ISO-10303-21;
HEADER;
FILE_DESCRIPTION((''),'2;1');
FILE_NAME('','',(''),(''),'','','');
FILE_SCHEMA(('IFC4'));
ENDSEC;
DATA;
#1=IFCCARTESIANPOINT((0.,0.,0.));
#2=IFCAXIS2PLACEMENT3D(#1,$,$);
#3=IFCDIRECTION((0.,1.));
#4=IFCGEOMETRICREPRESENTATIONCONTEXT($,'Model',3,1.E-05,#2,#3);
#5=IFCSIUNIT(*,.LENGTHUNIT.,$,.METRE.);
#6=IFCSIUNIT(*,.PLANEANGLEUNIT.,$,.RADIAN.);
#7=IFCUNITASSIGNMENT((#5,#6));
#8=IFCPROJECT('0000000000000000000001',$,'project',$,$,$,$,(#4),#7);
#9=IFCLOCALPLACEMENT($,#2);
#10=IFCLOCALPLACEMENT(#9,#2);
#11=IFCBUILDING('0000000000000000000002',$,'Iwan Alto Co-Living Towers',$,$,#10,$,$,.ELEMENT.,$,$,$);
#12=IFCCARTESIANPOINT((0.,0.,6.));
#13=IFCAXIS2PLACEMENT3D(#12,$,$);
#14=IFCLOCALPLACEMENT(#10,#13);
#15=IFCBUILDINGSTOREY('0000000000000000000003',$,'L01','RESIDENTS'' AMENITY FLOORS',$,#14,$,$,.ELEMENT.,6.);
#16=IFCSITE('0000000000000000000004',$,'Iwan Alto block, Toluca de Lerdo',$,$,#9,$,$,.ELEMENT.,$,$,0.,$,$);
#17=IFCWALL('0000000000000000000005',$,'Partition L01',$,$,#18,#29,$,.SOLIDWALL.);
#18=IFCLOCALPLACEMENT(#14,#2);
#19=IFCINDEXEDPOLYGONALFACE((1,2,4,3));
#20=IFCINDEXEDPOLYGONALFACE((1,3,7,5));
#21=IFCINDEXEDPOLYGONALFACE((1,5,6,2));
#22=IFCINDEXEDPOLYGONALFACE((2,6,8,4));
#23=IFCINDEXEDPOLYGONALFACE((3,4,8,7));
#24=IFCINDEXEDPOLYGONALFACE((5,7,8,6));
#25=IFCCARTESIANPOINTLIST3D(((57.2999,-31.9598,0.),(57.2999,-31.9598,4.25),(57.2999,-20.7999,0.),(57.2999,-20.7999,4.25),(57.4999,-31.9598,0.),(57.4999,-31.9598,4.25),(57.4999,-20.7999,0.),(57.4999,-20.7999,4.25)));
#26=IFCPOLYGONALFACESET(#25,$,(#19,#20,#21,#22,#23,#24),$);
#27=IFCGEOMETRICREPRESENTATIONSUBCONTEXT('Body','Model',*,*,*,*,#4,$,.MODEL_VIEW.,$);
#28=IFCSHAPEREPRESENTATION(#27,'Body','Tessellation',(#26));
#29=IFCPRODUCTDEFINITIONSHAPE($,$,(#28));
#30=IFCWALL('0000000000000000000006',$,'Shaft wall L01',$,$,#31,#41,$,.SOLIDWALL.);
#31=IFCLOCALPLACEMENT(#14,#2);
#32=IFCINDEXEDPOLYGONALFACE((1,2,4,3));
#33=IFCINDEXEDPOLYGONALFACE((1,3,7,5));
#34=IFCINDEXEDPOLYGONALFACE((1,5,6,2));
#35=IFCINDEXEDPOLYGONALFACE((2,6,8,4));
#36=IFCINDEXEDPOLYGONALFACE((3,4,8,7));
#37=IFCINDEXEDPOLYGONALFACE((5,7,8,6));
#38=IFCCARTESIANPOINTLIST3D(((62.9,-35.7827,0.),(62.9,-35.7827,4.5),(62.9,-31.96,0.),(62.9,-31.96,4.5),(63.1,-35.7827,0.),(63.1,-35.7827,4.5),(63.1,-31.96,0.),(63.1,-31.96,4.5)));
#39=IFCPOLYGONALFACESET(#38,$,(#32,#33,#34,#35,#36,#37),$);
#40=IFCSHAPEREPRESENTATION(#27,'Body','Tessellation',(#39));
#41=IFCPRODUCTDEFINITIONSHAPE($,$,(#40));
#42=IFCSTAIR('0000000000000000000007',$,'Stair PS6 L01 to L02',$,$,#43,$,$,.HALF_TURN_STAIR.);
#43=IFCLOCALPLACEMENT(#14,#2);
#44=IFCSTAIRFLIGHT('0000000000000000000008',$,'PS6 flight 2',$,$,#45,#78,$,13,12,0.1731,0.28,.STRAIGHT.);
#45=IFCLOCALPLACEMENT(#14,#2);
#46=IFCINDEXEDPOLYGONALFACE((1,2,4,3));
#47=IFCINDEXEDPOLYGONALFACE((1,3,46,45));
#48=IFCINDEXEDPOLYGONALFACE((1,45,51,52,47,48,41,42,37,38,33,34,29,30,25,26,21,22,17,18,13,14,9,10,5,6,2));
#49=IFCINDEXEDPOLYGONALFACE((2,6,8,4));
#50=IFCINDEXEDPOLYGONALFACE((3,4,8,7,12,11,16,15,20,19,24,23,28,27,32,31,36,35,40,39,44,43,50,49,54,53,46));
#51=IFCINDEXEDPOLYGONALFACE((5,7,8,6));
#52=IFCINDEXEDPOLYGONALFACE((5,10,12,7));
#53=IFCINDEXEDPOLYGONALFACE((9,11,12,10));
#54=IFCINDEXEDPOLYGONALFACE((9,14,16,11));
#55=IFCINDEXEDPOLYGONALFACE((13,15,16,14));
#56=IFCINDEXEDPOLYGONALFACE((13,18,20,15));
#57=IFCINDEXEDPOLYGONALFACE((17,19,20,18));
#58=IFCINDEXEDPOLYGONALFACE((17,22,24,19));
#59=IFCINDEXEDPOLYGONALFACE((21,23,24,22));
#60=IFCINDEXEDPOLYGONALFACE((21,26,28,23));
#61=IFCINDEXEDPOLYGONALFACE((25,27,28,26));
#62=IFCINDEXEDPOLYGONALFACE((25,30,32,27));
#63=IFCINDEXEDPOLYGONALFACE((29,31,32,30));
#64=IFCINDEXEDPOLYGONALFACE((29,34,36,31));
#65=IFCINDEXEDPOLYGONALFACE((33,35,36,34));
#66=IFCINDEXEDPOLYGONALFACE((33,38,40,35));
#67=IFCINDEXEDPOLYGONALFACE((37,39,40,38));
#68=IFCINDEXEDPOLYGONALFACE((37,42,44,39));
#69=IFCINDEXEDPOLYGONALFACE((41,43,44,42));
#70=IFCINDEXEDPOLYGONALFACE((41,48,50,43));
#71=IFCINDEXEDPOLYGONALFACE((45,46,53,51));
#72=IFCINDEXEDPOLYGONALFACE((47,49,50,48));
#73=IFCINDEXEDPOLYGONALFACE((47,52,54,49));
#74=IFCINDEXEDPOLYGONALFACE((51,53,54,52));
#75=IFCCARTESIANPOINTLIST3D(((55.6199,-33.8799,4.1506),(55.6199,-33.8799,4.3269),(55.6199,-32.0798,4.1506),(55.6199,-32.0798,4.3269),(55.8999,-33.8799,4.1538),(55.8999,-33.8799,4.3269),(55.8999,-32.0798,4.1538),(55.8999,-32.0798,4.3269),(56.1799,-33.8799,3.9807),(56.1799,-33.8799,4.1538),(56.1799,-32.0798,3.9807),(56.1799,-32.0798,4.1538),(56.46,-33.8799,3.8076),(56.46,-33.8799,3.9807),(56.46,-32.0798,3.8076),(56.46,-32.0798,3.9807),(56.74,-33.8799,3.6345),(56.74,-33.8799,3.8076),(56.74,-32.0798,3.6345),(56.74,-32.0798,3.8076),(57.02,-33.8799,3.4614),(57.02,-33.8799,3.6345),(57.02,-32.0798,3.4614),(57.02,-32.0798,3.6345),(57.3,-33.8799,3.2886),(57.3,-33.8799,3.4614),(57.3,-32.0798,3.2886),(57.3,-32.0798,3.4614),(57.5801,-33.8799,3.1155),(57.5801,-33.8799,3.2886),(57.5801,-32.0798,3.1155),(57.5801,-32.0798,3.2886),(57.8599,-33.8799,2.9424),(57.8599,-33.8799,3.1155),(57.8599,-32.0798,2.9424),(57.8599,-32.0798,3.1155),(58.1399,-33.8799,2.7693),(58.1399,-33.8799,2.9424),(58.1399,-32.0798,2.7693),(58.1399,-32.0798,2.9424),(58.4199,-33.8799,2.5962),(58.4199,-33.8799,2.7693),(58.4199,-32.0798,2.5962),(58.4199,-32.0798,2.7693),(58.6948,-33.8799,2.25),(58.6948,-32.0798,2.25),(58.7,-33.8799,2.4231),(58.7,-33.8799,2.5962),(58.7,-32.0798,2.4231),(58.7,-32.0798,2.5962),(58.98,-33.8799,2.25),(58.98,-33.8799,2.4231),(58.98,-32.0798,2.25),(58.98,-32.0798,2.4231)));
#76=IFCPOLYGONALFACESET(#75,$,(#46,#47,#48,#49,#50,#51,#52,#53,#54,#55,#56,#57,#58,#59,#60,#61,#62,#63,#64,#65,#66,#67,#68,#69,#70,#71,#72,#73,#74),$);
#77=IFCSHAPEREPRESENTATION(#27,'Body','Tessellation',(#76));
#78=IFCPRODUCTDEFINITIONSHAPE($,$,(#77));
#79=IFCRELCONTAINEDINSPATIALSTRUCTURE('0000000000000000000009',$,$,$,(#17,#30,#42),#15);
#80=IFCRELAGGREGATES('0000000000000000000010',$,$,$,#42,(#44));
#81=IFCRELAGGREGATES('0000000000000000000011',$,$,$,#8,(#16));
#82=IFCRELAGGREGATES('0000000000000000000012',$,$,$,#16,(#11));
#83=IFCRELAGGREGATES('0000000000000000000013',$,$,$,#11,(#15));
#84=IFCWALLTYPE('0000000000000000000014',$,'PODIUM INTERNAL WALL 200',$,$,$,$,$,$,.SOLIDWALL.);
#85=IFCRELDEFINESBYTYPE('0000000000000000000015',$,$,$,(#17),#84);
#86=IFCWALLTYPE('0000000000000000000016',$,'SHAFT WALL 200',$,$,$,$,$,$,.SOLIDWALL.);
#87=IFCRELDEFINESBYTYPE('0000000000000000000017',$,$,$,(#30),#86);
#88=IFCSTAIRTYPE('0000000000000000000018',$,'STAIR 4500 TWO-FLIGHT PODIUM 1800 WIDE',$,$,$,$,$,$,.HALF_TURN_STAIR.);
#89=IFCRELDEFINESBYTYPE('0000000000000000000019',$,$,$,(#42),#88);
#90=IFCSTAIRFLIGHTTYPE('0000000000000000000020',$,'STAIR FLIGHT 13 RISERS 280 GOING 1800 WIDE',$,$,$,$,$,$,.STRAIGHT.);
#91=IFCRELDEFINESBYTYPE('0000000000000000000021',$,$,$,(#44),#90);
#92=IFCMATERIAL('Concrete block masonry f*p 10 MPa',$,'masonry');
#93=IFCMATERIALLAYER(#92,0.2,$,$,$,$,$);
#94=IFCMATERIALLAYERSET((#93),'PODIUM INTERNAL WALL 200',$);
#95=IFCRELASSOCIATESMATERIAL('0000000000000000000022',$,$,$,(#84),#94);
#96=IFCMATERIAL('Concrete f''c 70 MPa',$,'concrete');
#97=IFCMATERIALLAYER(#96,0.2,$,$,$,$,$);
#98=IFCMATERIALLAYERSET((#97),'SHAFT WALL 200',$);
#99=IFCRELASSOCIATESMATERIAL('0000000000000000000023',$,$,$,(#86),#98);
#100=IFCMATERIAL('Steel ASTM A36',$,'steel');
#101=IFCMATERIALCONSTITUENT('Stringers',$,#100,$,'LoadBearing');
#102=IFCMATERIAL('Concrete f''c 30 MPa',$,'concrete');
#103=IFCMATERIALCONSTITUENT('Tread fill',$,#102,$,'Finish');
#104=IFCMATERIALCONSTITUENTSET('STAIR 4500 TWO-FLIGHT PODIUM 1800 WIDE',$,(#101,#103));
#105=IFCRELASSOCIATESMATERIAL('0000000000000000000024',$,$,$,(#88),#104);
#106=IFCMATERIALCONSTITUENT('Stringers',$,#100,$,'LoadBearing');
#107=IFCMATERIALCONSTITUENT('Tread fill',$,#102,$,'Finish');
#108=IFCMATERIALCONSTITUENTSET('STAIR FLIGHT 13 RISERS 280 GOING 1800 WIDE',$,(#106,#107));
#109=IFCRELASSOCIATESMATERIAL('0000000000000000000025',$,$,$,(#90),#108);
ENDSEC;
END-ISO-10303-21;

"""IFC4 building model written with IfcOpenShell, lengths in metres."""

from ifc_helpers import new_model, si_unit, direction, frame, frame_2d, origin, place, context, subcontext, project, spatial, polyline, rectangle, outline, extrude, material, layer, layer_set, constituent, constituent_set, type_object, element, aggregate, save


model = new_model("IFC4")

# Units and contexts
model_context = context("Model", 3, precision=1e-05, world=origin(), true_north=direction((0.0, 1.0)))
body_context = subcontext(model_context, "Body", "Model", "MODEL_VIEW")
ifc_project = project(units=[si_unit("LENGTHUNIT", "METRE"), si_unit("PLANEANGLEUNIT", "RADIAN")], contexts=[model_context])

# Site, building, storey
site_placement = place(None, origin())
site = spatial("IfcSite", under=ifc_project, at=site_placement, Name="Iwan Alto block, Toluca de Lerdo", CompositionType="ELEMENT", RefElevation=0.0)
building_placement = place(site_placement, origin())
building = spatial("IfcBuilding", under=site, at=building_placement, Name="Iwan Alto Co-Living Towers", CompositionType="ELEMENT")
storey_placement = place(building_placement, frame((0.0, 0.0, 6.0)))
storey = spatial("IfcBuildingStorey", under=building, at=storey_placement, Name="L01", Description="RESIDENTS' AMENITY FLOORS", CompositionType="ELEMENT", Elevation=6.0)

# Walls
ifc_material_1 = material(Name="Concrete block masonry f*p 10 MPa", Category="masonry")
ifc_layer_1 = layer(ifc_material_1, 0.2)
ifc_layer_set_1 = layer_set([ifc_layer_1], Name="PODIUM INTERNAL WALL 200")
wall_type_1 = type_object("IfcWallType", Name="PODIUM INTERNAL WALL 200", PredefinedType="SOLIDWALL", material=ifc_layer_set_1)
wall_1_placement = place(storey_placement, frame((57.3999, -31.96, 0.0), z_axis=(0.0, 0.0, 1.0), x_axis=(0.0, 1.0, 0.0)))
element("IfcWall", 1, at=wall_1_placement, inside=storey, type_object=wall_type_1, Name="Partition L01", PredefinedType="SOLIDWALL", context=body_context, shape_type="SweptSolid", body=[
    extrude(rectangle(XDim=11.1599, YDim=0.2, at=frame_2d((5.5801, 0.0))), origin(), (0.0, 0.0, 1.0), 4.25),
])
ifc_material_2 = material(Name="Concrete f'c 70 MPa", Category="concrete")
ifc_layer_2 = layer(ifc_material_2, 0.2)
ifc_layer_set_2 = layer_set([ifc_layer_2], Name="SHAFT WALL 200")
wall_type_2 = type_object("IfcWallType", Name="SHAFT WALL 200", PredefinedType="SOLIDWALL", material=ifc_layer_set_2)
wall_2_placement = place(storey_placement, frame((63.0, -35.7827, 0.0), z_axis=(0.0, 0.0, 1.0), x_axis=(0.0, 1.0, 0.0)))
element("IfcWall", 2, at=wall_2_placement, inside=storey, type_object=wall_type_2, Name="Shaft wall L01", PredefinedType="SOLIDWALL", context=body_context, shape_type="SweptSolid", body=[
    extrude(rectangle(XDim=3.8228, YDim=0.2, at=frame_2d((1.9114, 0.0))), origin(), (0.0, 0.0, 1.0), 4.5),
])

# Stair, stair flight
ifc_material_3 = material(Name="Steel ASTM A36", Category="steel")
ifc_constituent_1 = constituent(ifc_material_3, Name="Stringers", Category="LoadBearing")
ifc_material_4 = material(Name="Concrete f'c 30 MPa", Category="concrete")
ifc_constituent_2 = constituent(ifc_material_4, Name="Tread fill", Category="Finish")
ifc_constituent_set_1 = constituent_set(constituents=[ifc_constituent_1, ifc_constituent_2], Name="STAIR 4500 TWO-FLIGHT PODIUM 1800 WIDE")
stair_type = type_object("IfcStairType", Name="STAIR 4500 TWO-FLIGHT PODIUM 1800 WIDE", PredefinedType="HALF_TURN_STAIR", material=ifc_constituent_set_1)
stair_placement = place(storey_placement, origin())
stair = element("IfcStair", 3, at=stair_placement, inside=storey, type_object=stair_type, Name="Stair PS6 L01 to L02", PredefinedType="HALF_TURN_STAIR")
ifc_constituent_3 = constituent(ifc_material_3, Name="Stringers", Category="LoadBearing")
ifc_constituent_4 = constituent(ifc_material_4, Name="Tread fill", Category="Finish")
ifc_constituent_set_2 = constituent_set(constituents=[ifc_constituent_3, ifc_constituent_4], Name="STAIR FLIGHT 13 RISERS 280 GOING 1800 WIDE")
stair_flight_type = type_object("IfcStairFlightType", Name="STAIR FLIGHT 13 RISERS 280 GOING 1800 WIDE", PredefinedType="STRAIGHT", material=ifc_constituent_set_2)
stair_flight_placement = place(storey_placement, frame((58.98, -32.98, 2.25), z_axis=(0.0, 0.0, 1.0), x_axis=(-1.0, 0.0, 0.0)))
stair_flight = element("IfcStairFlight", 4, at=stair_flight_placement, type_object=stair_flight_type, Name="PS6 flight 2", NumberOfRisers=13, NumberOfTreads=12, PredefinedType="STRAIGHT", RiserHeight=0.1731, TreadLength=0.28, context=body_context, shape_type="SweptSolid", body=[
    extrude(outline(polyline([(0.0, 0.0), (0.0, 0.1731), (0.28, 0.1731), (0.28, 0.3462), (0.5601, 0.3462), (0.5601, 0.5193), (0.8401, 0.5193), (0.8401, 0.6924), (1.1201, 0.6924), (1.1201, 0.8655), (1.3999, 0.8655), (1.3999, 1.0386), (1.6799, 1.0386), (1.6799, 1.2114), (1.96, 1.2114), (1.96, 1.3845), (2.24, 1.3845), (2.24, 1.5576), (2.52, 1.5576), (2.52, 1.7307), (2.8, 1.7307), (2.8, 1.9038), (3.0801, 1.9038), (3.0801, 2.0769), (3.3601, 2.0769), (3.3601, 2.25), (3.3601, 1.9006), (0.2852, 0.0), (0.0, 0.0)])), frame((0.0, 0.8999, 0.0), z_axis=(0.0, -1.0, 0.0), x_axis=(1.0, 0.0, 0.0)), (0.0, 0.0, 1.0), 1.8),
])
aggregate(stair, [stair_flight])

save(model, "model.ifc")
